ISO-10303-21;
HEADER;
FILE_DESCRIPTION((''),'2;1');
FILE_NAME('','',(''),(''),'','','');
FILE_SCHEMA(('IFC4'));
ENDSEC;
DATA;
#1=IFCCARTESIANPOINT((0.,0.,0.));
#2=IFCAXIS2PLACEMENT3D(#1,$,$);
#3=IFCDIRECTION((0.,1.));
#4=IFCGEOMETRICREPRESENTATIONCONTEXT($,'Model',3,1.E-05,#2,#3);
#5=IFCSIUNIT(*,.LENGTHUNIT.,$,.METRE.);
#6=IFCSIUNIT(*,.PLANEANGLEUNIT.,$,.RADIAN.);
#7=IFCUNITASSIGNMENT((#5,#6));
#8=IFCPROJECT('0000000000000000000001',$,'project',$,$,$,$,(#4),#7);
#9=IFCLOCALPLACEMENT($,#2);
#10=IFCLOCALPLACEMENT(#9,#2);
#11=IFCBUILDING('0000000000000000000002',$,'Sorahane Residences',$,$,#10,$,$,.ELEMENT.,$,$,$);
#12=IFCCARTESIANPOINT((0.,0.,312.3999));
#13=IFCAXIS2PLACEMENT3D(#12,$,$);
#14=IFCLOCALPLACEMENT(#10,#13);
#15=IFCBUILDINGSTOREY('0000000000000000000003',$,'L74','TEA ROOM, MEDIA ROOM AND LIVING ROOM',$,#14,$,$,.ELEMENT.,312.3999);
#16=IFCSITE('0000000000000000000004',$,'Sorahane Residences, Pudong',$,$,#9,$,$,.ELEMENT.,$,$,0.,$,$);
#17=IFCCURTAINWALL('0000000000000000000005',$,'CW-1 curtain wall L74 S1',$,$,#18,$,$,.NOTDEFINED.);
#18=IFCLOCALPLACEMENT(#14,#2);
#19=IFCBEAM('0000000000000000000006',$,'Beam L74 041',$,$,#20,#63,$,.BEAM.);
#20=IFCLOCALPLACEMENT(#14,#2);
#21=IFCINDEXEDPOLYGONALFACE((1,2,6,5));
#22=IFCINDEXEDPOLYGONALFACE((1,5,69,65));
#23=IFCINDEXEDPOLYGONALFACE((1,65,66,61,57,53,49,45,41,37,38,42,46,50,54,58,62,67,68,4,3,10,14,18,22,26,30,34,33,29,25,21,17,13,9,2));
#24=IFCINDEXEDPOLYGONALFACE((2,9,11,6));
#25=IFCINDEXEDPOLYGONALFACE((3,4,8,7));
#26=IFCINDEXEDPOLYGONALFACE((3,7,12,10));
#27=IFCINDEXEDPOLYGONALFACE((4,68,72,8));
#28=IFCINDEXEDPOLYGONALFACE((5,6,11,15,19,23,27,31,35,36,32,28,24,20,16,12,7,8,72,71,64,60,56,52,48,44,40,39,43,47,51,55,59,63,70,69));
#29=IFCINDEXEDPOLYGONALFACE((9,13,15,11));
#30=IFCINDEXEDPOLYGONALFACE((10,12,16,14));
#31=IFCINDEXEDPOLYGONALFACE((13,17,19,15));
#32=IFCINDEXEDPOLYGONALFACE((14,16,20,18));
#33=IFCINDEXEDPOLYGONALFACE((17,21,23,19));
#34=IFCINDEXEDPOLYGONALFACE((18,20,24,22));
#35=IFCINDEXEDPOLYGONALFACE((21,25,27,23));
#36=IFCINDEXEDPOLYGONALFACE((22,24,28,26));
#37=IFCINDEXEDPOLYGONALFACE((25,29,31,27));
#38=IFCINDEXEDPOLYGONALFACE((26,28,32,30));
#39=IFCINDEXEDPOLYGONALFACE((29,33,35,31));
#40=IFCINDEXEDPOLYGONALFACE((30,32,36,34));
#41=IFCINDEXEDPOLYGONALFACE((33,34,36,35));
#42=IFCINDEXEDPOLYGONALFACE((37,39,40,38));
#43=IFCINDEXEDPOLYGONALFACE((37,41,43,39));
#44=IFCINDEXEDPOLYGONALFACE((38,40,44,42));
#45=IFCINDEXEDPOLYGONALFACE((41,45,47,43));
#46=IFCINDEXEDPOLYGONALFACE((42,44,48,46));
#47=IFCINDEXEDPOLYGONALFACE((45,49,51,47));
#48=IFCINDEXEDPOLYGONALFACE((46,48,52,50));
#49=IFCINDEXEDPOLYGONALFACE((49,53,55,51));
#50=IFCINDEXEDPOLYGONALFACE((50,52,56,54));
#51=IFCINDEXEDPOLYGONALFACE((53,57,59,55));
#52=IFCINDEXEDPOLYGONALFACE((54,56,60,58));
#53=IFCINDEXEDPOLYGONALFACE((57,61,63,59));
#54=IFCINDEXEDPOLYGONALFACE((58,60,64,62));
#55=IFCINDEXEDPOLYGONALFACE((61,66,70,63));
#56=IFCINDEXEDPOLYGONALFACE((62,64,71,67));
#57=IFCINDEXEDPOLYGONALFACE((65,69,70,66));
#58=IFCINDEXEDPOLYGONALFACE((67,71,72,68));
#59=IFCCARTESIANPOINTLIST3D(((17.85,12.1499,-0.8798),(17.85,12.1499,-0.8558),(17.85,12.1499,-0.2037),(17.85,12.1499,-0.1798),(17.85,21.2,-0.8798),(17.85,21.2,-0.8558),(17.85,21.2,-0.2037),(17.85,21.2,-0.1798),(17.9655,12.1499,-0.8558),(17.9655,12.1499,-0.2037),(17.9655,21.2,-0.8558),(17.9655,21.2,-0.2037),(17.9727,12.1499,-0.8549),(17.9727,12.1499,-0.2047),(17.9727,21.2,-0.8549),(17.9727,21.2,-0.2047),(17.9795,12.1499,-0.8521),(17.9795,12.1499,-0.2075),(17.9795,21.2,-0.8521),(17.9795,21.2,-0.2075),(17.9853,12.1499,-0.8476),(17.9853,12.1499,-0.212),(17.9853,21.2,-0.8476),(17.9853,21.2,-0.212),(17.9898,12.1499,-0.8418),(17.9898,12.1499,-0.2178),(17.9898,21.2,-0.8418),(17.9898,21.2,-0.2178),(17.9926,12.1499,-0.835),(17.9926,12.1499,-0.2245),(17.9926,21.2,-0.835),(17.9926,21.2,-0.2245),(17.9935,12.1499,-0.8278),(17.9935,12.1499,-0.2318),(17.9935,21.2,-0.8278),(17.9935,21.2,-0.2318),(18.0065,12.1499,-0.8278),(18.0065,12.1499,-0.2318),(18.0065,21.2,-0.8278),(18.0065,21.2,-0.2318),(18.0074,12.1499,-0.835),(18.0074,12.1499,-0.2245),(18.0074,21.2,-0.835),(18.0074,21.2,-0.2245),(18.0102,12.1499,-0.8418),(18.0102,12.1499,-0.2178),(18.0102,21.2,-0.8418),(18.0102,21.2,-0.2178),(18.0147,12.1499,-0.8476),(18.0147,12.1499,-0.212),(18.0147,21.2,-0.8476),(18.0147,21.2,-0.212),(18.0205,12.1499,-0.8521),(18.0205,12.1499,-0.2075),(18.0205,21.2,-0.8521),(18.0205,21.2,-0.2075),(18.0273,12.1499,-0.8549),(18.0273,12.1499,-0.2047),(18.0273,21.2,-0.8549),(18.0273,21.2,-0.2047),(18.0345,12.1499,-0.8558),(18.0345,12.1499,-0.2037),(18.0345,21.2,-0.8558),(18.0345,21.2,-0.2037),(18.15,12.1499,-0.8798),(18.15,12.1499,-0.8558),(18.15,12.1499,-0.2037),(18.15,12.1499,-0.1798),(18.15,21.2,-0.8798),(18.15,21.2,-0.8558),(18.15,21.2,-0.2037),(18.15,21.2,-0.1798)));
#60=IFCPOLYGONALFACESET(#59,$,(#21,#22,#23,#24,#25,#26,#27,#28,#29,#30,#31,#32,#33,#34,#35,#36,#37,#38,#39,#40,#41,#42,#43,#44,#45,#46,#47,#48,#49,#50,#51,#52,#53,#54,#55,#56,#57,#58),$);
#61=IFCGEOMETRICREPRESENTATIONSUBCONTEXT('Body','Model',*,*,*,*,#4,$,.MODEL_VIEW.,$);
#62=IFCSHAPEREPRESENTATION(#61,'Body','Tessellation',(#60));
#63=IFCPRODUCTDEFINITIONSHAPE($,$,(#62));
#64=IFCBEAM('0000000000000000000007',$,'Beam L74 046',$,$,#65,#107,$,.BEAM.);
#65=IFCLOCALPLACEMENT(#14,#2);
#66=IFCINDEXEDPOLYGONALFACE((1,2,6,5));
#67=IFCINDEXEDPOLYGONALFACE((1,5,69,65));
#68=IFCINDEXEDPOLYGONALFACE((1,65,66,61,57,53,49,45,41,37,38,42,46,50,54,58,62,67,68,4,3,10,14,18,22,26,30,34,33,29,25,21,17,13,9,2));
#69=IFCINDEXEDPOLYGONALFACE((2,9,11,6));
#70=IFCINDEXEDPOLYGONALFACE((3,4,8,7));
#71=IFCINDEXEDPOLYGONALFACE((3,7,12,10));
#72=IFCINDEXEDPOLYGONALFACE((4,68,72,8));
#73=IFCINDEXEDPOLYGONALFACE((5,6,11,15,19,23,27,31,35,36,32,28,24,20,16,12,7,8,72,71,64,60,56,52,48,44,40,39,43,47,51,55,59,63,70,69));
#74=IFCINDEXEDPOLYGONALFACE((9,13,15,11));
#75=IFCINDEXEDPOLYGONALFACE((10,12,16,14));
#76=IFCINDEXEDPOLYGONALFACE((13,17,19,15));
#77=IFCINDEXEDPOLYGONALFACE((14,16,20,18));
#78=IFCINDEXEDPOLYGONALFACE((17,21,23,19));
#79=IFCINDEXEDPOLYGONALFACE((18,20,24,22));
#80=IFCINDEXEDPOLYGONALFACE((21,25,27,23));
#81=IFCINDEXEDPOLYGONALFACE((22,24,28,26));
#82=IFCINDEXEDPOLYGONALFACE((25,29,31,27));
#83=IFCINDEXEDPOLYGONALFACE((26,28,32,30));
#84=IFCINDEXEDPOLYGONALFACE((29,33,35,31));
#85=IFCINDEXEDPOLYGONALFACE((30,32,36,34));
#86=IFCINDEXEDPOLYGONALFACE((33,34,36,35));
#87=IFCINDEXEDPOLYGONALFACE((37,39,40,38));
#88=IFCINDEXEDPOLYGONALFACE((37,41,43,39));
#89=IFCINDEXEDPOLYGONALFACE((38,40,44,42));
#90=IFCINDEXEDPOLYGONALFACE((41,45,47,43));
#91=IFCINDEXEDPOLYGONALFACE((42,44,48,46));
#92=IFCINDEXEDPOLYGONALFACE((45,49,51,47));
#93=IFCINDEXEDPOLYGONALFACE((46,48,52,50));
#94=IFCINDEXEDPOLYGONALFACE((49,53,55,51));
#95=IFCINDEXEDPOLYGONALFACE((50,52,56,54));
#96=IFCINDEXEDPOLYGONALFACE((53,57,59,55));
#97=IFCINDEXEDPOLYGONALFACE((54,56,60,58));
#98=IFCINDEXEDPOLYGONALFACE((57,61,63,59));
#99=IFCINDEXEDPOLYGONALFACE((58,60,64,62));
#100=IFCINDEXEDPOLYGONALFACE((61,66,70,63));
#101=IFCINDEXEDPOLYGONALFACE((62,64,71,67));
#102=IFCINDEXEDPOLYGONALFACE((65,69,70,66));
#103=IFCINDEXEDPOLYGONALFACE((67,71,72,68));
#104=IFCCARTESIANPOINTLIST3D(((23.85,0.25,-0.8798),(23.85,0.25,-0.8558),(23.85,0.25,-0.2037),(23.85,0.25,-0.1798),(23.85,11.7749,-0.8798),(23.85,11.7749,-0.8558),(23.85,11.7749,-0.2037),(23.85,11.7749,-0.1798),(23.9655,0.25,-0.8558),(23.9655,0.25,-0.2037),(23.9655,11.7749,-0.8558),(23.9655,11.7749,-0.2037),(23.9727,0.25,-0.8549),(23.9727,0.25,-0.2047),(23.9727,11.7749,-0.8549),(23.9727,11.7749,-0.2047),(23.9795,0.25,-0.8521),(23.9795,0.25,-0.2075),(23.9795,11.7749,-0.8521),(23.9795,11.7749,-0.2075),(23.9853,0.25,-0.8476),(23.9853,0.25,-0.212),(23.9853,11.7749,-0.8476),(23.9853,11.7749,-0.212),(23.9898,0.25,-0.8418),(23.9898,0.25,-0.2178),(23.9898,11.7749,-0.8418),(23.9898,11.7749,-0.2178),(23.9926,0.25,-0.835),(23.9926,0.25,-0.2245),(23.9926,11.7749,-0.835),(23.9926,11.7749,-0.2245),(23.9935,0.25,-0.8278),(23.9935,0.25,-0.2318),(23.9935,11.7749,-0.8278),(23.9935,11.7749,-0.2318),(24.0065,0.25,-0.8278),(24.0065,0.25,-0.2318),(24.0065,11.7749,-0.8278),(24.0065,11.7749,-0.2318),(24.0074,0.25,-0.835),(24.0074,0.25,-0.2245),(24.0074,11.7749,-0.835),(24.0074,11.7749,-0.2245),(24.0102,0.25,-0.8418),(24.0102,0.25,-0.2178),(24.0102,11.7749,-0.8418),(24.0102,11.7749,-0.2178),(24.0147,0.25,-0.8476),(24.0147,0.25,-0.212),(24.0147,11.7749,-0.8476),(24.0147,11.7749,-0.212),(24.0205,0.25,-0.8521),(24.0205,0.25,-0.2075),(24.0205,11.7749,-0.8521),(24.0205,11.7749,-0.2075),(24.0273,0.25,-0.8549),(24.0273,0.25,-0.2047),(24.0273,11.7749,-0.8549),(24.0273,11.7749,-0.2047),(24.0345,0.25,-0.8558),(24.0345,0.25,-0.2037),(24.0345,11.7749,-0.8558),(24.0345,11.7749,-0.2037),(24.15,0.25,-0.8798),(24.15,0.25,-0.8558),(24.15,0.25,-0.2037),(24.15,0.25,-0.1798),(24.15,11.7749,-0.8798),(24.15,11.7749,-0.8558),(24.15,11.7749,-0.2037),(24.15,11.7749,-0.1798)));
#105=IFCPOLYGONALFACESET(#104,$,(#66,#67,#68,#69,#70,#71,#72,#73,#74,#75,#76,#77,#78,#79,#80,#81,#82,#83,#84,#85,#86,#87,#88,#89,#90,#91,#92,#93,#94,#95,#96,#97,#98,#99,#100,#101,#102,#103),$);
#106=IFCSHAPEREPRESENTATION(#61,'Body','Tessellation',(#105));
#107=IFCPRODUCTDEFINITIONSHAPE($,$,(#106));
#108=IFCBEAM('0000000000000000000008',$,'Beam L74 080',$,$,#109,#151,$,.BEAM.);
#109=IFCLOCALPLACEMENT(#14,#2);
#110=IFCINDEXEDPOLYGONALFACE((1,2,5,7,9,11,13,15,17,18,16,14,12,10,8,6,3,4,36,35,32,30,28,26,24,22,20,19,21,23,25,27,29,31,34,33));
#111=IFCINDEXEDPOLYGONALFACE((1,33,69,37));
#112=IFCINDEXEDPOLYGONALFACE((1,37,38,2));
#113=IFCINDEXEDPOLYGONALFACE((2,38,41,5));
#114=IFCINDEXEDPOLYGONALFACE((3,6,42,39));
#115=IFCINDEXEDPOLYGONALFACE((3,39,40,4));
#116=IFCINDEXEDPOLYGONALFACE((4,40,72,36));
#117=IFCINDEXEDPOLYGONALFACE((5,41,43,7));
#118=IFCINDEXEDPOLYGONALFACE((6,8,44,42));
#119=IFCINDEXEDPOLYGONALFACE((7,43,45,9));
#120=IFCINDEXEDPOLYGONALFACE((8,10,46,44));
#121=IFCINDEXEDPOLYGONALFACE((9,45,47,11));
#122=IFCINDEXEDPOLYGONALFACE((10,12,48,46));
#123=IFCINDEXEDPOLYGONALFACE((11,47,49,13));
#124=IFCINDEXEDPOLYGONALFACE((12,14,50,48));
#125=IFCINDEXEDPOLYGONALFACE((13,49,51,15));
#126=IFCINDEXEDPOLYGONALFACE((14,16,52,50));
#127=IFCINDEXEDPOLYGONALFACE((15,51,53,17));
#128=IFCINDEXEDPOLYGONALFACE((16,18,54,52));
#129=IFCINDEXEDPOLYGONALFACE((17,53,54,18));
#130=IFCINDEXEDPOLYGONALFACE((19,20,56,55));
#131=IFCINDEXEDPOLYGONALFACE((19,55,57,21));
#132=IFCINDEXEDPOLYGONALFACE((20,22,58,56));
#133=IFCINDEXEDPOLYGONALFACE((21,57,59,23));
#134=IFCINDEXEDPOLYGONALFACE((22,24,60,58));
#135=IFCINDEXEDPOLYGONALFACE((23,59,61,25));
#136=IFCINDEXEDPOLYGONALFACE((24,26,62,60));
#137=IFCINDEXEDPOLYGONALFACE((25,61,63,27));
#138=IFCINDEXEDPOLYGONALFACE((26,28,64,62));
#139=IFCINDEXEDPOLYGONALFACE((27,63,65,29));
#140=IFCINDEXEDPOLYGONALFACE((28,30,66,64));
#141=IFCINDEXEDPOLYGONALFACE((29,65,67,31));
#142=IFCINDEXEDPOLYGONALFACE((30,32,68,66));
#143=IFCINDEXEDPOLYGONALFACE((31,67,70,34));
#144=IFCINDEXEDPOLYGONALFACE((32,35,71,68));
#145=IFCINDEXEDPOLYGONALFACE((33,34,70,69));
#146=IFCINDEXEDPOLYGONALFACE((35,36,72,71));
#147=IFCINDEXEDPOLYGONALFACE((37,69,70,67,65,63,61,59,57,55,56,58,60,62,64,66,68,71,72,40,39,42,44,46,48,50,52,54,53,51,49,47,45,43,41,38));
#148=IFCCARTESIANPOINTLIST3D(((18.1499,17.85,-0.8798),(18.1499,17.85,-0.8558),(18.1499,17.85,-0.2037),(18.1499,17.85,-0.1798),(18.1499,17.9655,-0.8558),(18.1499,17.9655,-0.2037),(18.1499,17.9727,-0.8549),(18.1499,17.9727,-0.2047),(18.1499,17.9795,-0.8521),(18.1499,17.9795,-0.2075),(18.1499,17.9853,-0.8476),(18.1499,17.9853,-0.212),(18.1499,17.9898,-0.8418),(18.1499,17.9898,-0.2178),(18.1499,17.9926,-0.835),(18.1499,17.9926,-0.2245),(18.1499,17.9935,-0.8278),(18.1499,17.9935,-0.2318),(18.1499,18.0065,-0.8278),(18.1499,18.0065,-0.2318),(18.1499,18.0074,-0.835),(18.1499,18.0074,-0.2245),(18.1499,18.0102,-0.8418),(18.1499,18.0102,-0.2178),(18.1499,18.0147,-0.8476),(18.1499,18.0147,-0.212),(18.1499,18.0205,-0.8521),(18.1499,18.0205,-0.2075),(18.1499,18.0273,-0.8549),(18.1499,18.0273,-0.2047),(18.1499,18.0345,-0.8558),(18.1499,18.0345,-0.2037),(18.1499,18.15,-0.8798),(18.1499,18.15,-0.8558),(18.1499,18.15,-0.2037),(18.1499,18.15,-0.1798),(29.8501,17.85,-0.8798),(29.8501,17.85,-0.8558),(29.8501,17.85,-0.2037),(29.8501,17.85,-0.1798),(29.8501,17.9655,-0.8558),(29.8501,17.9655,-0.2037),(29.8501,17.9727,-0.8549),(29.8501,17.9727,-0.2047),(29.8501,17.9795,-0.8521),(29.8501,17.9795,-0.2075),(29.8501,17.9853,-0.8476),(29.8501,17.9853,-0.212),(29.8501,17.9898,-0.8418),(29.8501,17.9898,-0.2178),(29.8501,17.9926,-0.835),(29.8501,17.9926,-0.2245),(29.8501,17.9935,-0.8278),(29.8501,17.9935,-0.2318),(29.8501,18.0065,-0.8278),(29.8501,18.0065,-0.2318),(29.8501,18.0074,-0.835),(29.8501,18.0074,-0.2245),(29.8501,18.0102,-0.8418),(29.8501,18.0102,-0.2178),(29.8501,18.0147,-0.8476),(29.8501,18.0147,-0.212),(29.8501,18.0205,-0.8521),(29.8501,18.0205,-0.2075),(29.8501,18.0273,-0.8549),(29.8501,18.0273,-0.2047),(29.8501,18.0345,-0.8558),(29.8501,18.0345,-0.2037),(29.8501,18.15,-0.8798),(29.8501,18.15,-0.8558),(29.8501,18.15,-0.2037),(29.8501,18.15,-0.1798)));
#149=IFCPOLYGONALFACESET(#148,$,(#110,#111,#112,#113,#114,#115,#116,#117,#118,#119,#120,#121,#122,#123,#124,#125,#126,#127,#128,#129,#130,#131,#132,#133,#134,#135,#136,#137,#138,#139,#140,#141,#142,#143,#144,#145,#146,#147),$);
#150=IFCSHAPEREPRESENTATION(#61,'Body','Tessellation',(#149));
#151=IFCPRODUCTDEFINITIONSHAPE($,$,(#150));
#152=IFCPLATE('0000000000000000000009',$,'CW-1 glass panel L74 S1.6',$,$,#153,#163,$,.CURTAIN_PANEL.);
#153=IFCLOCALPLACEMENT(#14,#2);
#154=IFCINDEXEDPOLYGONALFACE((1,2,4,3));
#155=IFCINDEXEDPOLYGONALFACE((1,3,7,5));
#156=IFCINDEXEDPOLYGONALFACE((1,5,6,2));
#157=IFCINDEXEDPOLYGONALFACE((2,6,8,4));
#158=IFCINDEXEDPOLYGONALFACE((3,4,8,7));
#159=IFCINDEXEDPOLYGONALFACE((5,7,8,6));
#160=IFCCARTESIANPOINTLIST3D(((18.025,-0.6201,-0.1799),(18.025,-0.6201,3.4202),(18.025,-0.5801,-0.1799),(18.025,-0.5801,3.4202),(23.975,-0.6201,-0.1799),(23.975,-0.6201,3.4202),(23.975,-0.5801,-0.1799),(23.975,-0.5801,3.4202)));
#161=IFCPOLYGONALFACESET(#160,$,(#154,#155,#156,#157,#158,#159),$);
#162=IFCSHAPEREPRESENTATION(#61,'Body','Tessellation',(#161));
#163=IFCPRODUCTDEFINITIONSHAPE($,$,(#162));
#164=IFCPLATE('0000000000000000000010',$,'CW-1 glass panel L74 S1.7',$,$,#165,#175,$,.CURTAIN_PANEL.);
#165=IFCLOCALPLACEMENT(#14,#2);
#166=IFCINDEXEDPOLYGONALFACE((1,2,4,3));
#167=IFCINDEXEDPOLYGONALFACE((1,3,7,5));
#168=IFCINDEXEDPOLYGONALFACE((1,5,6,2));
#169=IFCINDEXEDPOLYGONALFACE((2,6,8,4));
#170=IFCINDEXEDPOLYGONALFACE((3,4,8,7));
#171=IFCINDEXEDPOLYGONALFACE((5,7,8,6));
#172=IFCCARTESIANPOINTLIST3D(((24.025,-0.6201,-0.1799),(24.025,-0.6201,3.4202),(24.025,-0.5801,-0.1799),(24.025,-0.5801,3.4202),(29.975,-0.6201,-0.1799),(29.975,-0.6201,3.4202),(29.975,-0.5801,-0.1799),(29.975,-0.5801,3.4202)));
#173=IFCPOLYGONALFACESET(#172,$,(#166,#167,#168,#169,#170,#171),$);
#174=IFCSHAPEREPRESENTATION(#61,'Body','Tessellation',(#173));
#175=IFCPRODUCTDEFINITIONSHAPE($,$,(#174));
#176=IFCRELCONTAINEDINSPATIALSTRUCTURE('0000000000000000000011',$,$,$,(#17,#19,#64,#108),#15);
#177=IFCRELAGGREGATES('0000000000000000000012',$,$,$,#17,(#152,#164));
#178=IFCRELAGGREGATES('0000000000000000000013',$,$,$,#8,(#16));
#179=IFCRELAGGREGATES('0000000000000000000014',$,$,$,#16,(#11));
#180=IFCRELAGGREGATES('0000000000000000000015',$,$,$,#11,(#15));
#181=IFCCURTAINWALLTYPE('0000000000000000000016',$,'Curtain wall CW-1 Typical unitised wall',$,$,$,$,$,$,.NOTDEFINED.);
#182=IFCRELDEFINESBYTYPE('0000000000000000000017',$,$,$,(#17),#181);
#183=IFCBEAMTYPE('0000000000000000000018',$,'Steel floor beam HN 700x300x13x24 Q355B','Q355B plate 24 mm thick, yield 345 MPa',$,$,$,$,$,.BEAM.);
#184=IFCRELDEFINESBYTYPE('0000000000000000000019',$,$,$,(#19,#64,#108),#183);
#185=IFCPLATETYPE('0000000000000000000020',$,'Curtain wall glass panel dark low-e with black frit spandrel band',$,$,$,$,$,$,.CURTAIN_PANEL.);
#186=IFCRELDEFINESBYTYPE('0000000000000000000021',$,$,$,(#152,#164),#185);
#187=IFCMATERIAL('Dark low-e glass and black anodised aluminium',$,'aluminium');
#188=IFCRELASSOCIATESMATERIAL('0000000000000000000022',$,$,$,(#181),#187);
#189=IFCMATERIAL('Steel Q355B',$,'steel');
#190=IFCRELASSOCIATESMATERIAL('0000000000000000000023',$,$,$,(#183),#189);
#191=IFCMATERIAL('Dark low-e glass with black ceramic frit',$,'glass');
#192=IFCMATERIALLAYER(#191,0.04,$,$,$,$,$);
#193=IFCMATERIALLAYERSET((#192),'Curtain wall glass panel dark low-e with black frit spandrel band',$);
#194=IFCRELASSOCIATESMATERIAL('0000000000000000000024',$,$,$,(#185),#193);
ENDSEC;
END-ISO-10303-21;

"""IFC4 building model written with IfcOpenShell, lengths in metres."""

from ifc_helpers import new_model, si_unit, direction, frame, origin, origin_2d, place, context, subcontext, project, spatial, rectangle, i_section, extrude, material, layer, layer_set, material_profile, profile_set, type_object, element, aggregate, save


model = new_model("IFC4")

# Units and contexts
model_context = context("Model", 3, precision=1e-05, world=origin(), true_north=direction((0.0, 1.0)))
body_context = subcontext(model_context, "Body", "Model", "MODEL_VIEW")
ifc_project = project(units=[si_unit("LENGTHUNIT", "METRE"), si_unit("PLANEANGLEUNIT", "RADIAN")], contexts=[model_context])

# Site, building, storey
site_placement = place(None, origin())
site = spatial("IfcSite", under=ifc_project, at=site_placement, Name="Sorahane Residences, Pudong", CompositionType="ELEMENT", RefElevation=0.0)
building_placement = place(site_placement, origin())
building = spatial("IfcBuilding", under=site, at=building_placement, Name="Sorahane Residences", CompositionType="ELEMENT")
storey_placement = place(building_placement, frame((0.0, 0.0, 312.3999)))
storey = spatial("IfcBuildingStorey", under=building, at=storey_placement, Name="L74", Description="TEA ROOM, MEDIA ROOM AND LIVING ROOM", CompositionType="ELEMENT", Elevation=312.3999)

# Curtain wall
ifc_material_1 = material(Name="Dark low-e glass and black anodised aluminium", Category="aluminium")
curtain_wall_type = type_object("IfcCurtainWallType", Name="Curtain wall CW-1 Typical unitised wall", PredefinedType="NOTDEFINED", material=ifc_material_1)
curtain_wall_placement = place(storey_placement, origin())
curtain_wall = element("IfcCurtainWall", 1, at=curtain_wall_placement, inside=storey, type_object=curtain_wall_type, Name="CW-1 curtain wall L74 S1", PredefinedType="NOTDEFINED")

# Beams
ifc_material_2 = material(Name="Steel Q355B", Category="steel")
ifc_material_profile_1 = material_profile(ifc_material_2, i_section(OverallWidth=0.3, OverallDepth=0.7, WebThickness=0.0129, FlangeThickness=0.0239, FilletRadius=0.0281, at=origin_2d()), Name="HN 700x300x13x24")
ifc_profile_set_1 = profile_set([ifc_material_profile_1], Name="Steel Q355B")
beam_type_1 = type_object("IfcBeamType", Name="Steel floor beam HN 700x300x13x24 Q355B", Description="Q355B plate 24 mm thick, yield 345 MPa", PredefinedType="BEAM", material=ifc_profile_set_1)
beam_1_placement = place(storey_placement, frame((18.0, 12.1499, -0.5298), z_axis=(0.0, 1.0, 0.0), x_axis=(-1.0, 0.0, 0.0)))
element("IfcBeam", 2, at=beam_1_placement, inside=storey, type_object=beam_type_1, Name="Beam L74 041", PredefinedType="BEAM", context=body_context, shape_type="SweptSolid", body=[
    extrude(i_section(OverallWidth=0.3, OverallDepth=0.7, WebThickness=0.0129, FlangeThickness=0.0239, FilletRadius=0.0281, at=origin_2d()), origin(), (0.0, 0.0, 1.0), 9.05),
])
beam_2_placement = place(storey_placement, frame((24.0, 0.25, -0.5298), z_axis=(0.0, 1.0, 0.0), x_axis=(-1.0, 0.0, 0.0)))
element("IfcBeam", 3, at=beam_2_placement, inside=storey, type_object=beam_type_1, Name="Beam L74 046", PredefinedType="BEAM", context=body_context, shape_type="SweptSolid", body=[
    extrude(i_section(OverallWidth=0.3, OverallDepth=0.7, WebThickness=0.0129, FlangeThickness=0.0239, FilletRadius=0.0281, at=origin_2d()), origin(), (0.0, 0.0, 1.0), 11.5249),
])
beam_3_placement = place(storey_placement, frame((18.1499, 18.0, -0.5298), z_axis=(1.0, 0.0, 0.0), x_axis=(0.0, 1.0, 0.0)))
element("IfcBeam", 4, at=beam_3_placement, inside=storey, type_object=beam_type_1, Name="Beam L74 080", PredefinedType="BEAM", context=body_context, shape_type="SweptSolid", body=[
    extrude(i_section(OverallWidth=0.3, OverallDepth=0.7, WebThickness=0.0129, FlangeThickness=0.0239, FilletRadius=0.0281, at=origin_2d()), origin(), (0.0, 0.0, 1.0), 11.7002),
])

# Plates
ifc_material_3 = material(Name="Dark low-e glass with black ceramic frit", Category="glass")
ifc_layer_1 = layer(ifc_material_3, 0.04)
ifc_layer_set_1 = layer_set([ifc_layer_1], Name="Curtain wall glass panel dark low-e with black frit spandrel band")
plate_type = type_object("IfcPlateType", Name="Curtain wall glass panel dark low-e with black frit spandrel band", PredefinedType="CURTAIN_PANEL", material=ifc_layer_set_1)
plate_1_placement = place(storey_placement, frame((21.0, -0.6001, -0.1799), z_axis=(0.0, 0.0, 1.0), x_axis=(1.0, 0.0, 0.0)))
plate_1 = element("IfcPlate", 5, at=plate_1_placement, type_object=plate_type, Name="CW-1 glass panel L74 S1.6", PredefinedType="CURTAIN_PANEL", context=body_context, shape_type="SweptSolid", body=[
    extrude(rectangle(XDim=5.95, YDim=0.04, at=origin_2d()), origin(), (0.0, 0.0, 1.0), 3.6001),
])
plate_2_placement = place(storey_placement, frame((27.0, -0.6001, -0.1799), z_axis=(0.0, 0.0, 1.0), x_axis=(1.0, 0.0, 0.0)))
plate_2 = element("IfcPlate", 6, at=plate_2_placement, type_object=plate_type, Name="CW-1 glass panel L74 S1.7", PredefinedType="CURTAIN_PANEL", context=body_context, shape_type="SweptSolid", body=[
    extrude(rectangle(XDim=5.95, YDim=0.04, at=origin_2d()), origin(), (0.0, 0.0, 1.0), 3.6001),
])
aggregate(curtain_wall, [plate_1, plate_2])

save(model, "model.ifc")
